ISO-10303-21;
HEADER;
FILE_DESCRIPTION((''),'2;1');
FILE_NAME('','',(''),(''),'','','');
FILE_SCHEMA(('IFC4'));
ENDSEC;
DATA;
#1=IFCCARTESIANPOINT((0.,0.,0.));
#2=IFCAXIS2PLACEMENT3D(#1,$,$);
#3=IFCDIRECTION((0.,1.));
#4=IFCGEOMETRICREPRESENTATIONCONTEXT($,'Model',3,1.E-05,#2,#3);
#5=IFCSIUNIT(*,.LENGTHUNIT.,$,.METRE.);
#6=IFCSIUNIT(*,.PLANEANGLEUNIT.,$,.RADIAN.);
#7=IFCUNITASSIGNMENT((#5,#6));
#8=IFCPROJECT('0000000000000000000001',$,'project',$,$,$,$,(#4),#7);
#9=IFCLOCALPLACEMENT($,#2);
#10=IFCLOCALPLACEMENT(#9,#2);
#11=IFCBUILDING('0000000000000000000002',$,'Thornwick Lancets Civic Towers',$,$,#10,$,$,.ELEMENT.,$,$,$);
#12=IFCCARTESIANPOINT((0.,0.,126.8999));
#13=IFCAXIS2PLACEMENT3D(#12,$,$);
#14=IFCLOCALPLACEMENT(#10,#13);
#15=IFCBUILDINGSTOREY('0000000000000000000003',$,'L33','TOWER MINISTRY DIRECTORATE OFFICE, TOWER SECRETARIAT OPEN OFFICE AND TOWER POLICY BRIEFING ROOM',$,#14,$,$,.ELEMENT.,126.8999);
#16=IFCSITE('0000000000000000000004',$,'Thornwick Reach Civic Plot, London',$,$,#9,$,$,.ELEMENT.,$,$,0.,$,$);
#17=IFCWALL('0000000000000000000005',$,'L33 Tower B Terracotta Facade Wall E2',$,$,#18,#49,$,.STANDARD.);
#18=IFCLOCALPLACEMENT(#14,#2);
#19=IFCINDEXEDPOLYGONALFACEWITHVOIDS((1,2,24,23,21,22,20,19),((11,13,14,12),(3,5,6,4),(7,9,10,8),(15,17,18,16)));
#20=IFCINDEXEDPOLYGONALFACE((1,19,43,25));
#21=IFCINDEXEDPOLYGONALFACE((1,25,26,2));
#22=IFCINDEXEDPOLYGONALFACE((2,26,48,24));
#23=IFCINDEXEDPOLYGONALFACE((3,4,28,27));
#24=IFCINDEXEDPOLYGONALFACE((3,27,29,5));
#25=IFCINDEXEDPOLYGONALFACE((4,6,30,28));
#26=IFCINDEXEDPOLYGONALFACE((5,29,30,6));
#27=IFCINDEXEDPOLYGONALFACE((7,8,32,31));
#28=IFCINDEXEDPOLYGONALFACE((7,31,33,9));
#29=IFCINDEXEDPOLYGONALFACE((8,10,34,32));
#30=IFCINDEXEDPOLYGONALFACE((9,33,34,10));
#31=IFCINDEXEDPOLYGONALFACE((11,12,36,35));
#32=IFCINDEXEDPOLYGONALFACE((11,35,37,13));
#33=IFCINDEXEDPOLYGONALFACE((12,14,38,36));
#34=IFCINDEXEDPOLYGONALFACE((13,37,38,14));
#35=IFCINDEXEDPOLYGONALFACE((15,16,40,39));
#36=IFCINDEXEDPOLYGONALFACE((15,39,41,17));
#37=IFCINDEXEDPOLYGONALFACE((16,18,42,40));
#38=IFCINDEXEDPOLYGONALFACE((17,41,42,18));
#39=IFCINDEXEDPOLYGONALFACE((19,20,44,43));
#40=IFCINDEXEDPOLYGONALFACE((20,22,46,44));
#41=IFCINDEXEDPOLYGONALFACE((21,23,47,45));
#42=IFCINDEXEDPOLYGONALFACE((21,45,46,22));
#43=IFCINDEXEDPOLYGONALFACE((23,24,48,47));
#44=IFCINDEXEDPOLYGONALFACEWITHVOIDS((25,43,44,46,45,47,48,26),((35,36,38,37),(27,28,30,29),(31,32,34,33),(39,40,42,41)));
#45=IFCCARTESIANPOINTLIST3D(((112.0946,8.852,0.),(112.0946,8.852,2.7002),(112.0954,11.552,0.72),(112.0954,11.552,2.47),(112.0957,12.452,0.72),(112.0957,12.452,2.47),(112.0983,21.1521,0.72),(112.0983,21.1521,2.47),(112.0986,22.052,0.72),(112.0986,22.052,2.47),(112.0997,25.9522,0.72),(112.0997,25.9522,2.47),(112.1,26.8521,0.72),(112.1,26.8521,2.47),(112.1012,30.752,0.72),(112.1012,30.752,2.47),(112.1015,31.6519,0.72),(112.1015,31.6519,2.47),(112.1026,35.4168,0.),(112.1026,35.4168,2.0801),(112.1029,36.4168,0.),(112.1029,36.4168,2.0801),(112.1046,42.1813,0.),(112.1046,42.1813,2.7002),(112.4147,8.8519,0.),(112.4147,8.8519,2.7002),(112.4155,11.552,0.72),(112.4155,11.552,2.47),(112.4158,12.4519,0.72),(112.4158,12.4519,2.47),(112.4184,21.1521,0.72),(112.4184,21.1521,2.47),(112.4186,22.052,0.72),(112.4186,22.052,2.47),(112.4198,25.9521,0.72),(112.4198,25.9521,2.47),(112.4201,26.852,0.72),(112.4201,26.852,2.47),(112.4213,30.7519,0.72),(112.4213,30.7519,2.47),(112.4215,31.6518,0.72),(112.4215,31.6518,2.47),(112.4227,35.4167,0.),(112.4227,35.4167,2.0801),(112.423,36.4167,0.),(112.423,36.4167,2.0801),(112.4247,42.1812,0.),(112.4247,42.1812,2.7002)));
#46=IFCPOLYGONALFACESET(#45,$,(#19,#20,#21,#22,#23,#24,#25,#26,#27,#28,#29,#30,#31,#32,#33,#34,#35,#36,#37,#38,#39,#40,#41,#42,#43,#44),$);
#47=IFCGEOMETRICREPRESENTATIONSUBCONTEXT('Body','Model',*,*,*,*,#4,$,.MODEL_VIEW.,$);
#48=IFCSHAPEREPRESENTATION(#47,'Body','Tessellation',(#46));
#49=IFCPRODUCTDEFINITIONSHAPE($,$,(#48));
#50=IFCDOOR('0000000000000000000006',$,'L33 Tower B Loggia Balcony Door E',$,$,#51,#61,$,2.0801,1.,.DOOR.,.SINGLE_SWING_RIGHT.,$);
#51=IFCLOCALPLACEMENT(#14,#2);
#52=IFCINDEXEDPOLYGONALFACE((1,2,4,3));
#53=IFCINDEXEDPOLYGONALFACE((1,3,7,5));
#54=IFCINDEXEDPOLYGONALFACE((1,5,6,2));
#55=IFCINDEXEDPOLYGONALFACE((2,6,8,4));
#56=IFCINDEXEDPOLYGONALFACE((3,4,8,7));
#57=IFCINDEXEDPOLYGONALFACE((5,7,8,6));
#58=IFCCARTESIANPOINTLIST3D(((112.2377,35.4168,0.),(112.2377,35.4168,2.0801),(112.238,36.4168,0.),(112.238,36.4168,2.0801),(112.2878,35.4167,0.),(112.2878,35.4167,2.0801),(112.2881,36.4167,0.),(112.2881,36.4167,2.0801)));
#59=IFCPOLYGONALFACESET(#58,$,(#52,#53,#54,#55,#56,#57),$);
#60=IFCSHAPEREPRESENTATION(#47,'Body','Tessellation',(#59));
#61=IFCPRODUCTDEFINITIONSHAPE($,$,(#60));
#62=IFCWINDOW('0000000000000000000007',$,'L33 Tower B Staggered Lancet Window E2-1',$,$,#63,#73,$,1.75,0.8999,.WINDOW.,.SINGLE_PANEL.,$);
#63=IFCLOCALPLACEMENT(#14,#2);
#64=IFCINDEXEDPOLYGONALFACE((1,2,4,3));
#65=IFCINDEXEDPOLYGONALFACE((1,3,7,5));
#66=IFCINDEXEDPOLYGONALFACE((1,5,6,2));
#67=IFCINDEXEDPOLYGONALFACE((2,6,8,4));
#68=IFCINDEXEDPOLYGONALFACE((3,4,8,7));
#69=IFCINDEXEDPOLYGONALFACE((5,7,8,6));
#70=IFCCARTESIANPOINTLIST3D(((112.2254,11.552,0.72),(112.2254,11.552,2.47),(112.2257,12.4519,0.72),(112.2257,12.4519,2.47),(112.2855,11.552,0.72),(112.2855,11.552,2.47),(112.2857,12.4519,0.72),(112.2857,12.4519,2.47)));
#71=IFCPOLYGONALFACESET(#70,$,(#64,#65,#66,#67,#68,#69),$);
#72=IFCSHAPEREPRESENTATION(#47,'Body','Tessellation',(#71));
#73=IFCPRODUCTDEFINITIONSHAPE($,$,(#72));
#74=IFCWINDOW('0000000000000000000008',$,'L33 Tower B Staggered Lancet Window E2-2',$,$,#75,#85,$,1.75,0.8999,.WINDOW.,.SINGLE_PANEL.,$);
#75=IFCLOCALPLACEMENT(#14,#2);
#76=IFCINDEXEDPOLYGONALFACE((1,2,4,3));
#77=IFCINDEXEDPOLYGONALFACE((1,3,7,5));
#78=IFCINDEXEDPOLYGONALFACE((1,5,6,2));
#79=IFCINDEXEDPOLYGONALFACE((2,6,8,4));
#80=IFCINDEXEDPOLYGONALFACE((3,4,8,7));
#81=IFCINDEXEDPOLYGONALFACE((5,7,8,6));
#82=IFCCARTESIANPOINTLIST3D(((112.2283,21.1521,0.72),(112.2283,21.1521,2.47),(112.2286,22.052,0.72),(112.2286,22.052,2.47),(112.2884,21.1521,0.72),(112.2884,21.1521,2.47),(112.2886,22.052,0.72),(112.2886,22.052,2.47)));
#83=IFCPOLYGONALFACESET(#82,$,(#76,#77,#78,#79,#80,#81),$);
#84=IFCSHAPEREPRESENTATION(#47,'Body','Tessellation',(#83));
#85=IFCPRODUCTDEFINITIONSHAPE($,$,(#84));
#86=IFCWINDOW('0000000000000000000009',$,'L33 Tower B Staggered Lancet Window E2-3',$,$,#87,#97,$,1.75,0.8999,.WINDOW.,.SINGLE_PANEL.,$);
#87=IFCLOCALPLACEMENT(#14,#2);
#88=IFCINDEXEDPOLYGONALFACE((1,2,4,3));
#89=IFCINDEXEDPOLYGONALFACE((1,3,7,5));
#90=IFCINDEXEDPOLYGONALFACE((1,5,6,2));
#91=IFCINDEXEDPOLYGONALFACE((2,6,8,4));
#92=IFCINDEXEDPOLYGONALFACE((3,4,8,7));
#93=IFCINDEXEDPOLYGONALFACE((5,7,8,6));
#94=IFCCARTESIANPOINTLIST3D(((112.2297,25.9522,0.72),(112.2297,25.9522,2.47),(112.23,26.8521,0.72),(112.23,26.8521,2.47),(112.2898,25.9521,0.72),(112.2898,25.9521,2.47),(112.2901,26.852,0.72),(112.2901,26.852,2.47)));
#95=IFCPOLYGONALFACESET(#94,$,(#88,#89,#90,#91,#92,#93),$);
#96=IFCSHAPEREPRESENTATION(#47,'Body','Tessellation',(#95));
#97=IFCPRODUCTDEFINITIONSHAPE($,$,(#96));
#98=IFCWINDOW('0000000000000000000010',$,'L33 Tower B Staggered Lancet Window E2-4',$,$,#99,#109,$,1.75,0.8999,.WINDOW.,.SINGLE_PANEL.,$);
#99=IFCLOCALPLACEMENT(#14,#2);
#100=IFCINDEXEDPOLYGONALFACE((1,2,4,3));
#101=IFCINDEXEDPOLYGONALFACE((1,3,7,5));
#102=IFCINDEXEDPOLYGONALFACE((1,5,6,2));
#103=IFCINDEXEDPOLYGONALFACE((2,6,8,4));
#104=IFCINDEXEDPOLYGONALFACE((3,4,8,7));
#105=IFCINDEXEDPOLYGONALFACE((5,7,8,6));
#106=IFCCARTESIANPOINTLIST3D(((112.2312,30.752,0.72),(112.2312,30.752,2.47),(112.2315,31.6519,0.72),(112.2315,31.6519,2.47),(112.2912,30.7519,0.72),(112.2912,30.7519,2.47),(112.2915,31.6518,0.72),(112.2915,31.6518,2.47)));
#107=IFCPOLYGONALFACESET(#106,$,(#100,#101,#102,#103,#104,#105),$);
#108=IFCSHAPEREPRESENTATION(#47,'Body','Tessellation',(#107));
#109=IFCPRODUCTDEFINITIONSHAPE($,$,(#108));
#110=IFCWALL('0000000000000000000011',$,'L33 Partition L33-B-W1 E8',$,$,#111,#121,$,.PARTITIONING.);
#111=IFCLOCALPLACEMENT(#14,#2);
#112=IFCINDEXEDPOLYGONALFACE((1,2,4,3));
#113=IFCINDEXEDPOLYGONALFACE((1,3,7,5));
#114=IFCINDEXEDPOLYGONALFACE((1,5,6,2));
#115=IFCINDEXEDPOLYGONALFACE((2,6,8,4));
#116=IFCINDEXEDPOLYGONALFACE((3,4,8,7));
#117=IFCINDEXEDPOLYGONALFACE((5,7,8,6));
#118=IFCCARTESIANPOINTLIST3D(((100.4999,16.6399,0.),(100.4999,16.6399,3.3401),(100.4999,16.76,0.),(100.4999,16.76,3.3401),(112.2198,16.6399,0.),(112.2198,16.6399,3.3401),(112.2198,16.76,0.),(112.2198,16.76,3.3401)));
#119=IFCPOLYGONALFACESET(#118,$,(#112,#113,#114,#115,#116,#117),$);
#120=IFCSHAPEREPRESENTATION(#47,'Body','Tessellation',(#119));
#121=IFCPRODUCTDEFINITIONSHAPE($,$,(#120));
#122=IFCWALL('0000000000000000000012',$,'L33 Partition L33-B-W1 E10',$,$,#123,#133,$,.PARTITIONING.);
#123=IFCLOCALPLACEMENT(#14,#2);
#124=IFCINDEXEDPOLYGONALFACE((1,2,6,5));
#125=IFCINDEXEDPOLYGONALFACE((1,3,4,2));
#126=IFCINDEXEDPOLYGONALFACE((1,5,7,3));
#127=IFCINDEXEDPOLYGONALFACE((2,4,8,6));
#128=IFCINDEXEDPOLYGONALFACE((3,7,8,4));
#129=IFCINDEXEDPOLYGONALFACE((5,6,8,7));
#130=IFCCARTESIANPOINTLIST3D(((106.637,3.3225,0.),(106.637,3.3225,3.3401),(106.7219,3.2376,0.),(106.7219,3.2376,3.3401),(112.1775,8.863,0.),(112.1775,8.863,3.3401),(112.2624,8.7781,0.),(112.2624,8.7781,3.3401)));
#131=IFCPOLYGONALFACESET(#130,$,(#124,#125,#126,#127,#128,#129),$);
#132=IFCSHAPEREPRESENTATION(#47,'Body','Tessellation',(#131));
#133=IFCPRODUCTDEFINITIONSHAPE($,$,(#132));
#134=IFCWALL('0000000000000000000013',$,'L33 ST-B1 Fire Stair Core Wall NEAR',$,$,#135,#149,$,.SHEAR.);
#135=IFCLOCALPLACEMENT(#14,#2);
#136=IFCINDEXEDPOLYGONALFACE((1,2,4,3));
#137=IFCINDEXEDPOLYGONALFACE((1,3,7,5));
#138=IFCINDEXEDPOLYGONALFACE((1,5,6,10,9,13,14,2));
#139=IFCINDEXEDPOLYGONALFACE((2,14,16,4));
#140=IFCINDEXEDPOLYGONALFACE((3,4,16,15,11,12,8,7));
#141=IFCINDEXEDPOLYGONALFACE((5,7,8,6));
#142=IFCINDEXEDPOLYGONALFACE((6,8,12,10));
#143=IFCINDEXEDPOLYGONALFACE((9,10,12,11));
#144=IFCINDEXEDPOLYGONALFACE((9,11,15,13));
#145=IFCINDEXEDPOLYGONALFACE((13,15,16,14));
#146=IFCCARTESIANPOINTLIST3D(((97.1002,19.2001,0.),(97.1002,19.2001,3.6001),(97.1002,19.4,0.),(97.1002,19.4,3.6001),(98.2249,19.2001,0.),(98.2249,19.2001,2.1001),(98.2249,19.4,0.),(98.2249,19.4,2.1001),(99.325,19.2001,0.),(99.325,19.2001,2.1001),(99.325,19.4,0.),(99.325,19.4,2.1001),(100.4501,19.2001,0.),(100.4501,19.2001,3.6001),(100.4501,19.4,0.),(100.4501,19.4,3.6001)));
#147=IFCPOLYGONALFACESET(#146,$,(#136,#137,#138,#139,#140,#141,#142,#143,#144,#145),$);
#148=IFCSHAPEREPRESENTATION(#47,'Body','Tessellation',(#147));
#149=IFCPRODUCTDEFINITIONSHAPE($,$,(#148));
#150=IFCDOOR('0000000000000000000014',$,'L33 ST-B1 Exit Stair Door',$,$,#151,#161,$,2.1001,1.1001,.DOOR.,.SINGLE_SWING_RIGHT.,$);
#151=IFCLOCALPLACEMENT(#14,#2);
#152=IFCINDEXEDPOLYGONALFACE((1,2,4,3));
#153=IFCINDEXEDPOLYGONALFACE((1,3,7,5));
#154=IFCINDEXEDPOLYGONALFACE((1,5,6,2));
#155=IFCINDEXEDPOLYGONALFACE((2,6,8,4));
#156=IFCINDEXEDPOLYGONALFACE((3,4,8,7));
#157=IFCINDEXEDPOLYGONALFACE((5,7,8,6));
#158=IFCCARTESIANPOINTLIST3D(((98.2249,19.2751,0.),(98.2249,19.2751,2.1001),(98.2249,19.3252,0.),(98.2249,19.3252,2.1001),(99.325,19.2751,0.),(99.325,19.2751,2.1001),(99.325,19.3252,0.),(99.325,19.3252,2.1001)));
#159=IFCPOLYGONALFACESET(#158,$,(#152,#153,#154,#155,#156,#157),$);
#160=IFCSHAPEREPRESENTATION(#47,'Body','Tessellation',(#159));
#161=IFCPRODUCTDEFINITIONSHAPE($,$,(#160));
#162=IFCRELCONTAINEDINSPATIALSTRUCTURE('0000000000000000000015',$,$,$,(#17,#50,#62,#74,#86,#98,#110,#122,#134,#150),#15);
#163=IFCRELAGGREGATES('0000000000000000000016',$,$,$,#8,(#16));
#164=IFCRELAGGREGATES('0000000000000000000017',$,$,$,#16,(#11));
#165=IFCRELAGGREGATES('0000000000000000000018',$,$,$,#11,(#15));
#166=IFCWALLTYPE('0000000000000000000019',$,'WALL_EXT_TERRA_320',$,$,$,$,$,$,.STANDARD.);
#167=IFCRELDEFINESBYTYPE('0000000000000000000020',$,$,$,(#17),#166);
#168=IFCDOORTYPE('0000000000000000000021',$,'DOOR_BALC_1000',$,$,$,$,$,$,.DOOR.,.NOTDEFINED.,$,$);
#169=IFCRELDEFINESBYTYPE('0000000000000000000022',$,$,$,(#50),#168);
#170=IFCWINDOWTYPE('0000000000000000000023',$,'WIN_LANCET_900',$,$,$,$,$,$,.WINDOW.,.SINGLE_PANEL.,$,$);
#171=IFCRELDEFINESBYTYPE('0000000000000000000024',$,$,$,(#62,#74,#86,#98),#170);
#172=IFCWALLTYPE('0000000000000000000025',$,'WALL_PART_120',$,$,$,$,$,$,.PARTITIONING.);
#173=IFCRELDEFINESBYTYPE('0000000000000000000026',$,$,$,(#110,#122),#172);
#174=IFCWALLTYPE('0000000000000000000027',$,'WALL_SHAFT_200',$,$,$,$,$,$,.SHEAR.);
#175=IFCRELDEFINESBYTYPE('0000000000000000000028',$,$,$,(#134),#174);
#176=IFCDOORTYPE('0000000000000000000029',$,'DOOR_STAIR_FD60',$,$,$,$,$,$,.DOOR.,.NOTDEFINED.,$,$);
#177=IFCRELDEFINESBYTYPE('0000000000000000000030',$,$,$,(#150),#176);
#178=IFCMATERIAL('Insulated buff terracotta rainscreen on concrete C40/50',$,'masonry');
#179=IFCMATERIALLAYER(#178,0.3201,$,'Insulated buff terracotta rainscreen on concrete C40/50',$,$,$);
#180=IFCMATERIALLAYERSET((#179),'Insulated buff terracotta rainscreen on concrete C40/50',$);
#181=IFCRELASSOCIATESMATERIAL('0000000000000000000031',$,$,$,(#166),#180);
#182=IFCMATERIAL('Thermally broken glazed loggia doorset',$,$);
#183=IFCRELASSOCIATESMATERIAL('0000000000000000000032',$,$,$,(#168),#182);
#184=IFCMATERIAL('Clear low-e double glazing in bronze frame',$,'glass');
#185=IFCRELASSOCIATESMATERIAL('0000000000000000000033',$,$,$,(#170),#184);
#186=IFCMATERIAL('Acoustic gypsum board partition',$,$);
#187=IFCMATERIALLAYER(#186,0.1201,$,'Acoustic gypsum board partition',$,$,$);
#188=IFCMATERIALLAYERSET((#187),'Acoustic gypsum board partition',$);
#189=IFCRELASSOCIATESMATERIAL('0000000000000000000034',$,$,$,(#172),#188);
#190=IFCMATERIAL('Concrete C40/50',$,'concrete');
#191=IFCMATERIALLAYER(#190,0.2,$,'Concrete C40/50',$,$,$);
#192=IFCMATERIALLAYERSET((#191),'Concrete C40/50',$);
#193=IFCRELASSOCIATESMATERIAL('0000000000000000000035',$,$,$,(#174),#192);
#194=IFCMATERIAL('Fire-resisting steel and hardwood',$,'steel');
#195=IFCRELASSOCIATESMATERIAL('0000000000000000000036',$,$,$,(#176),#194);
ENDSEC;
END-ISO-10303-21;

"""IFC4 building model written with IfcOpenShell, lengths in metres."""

from ifc_helpers import new_model, si_unit, direction, frame, frame_2d, origin, place, context, subcontext, project, spatial, rectangle, extrude, material, layer, layer_set, type_object, element, fill, save


model = new_model("IFC4")

# Units and contexts
model_context = context("Model", 3, precision=1e-05, world=origin(), true_north=direction((0.0, 1.0)))
body_context = subcontext(model_context, "Body", "Model", "MODEL_VIEW")
ifc_project = project(units=[si_unit("LENGTHUNIT", "METRE"), si_unit("PLANEANGLEUNIT", "RADIAN")], contexts=[model_context])

# Site, building, storey
site_placement = place(None, origin())
site = spatial("IfcSite", under=ifc_project, at=site_placement, Name="Thornwick Reach Civic Plot, London", CompositionType="ELEMENT", RefElevation=0.0)
building_placement = place(site_placement, origin())
building = spatial("IfcBuilding", under=site, at=building_placement, Name="Thornwick Lancets Civic Towers", CompositionType="ELEMENT")
storey_placement = place(building_placement, frame((0.0, 0.0, 126.8999)))
storey = spatial("IfcBuildingStorey", under=building, at=storey_placement, Name="L33", Description="TOWER MINISTRY DIRECTORATE OFFICE, TOWER SECRETARIAT OPEN OFFICE AND TOWER POLICY BRIEFING ROOM", CompositionType="ELEMENT", Elevation=126.8999)

# Shared definitions
ifc_material_1 = material(Name="Concrete C40/50", Category="concrete")

# Wall, openings, door, windows
ifc_material_2 = material(Name="Insulated buff terracotta rainscreen on concrete C40/50", Category="masonry")
ifc_layer_1 = layer(ifc_material_2, 0.3201, Name="Insulated buff terracotta rainscreen on concrete C40/50")
ifc_layer_set_1 = layer_set([ifc_layer_1], Name="Insulated buff terracotta rainscreen on concrete C40/50")
wall_type_1 = type_object("IfcWallType", Name="WALL_EXT_TERRA_320", PredefinedType="STANDARD", material=ifc_layer_set_1)
wall_1_placement = place(storey_placement, frame((112.2546, 8.8521, 0.0), z_axis=(0.0, 0.0, 1.0), x_axis=(0.0003, 1.0, 0.0)))
wall_1 = element("IfcWall", 1, at=wall_1_placement, inside=storey, type_object=wall_type_1, Name="L33 Tower B Terracotta Facade Wall E2", PredefinedType="STANDARD", context=body_context, shape_type="SweptSolid", body=[
    extrude(rectangle(XDim=33.3293, YDim=0.3201, at=frame_2d((16.6646, 0.0))), origin(), (0.0, 0.0, 1.0), 2.7002),
])
opening_1_placement = place(wall_1_placement, frame((26.5647, 0.0, 0.0)))
opening_1 = element("IfcOpeningElement", 2, at=opening_1_placement, cuts=wall_1, PredefinedType="OPENING", context=body_context, shape_type="SweptSolid", body=[
    extrude(rectangle(XDim=1.0, YDim=2.0801, at=frame_2d((0.5, 1.04))), frame((0.0, 0.1699, 0.0), z_axis=(0.0, -1.0, 0.0), x_axis=(1.0, 0.0, 0.0)), (0.0, 0.0, 1.0), 0.3401),
])
opening_2_placement = place(wall_1_placement, frame((2.7, 0.0, 0.72)))
opening_2 = element("IfcOpeningElement", 3, at=opening_2_placement, cuts=wall_1, PredefinedType="OPENING", context=body_context, shape_type="SweptSolid", body=[
    extrude(rectangle(XDim=0.8999, YDim=1.75, at=frame_2d((0.45, 0.875))), frame((0.0, 0.1699, 0.0), z_axis=(0.0, -1.0, 0.0), x_axis=(1.0, 0.0, 0.0)), (0.0, 0.0, 1.0), 0.3401),
])
opening_3_placement = place(wall_1_placement, frame((12.3, 0.0, 0.72)))
opening_3 = element("IfcOpeningElement", 4, at=opening_3_placement, cuts=wall_1, PredefinedType="OPENING", context=body_context, shape_type="SweptSolid", body=[
    extrude(rectangle(XDim=0.8999, YDim=1.75, at=frame_2d((0.45, 0.875))), frame((0.0, 0.1699, 0.0), z_axis=(0.0, -1.0, 0.0), x_axis=(1.0, 0.0, 0.0)), (0.0, 0.0, 1.0), 0.3401),
])
opening_4_placement = place(wall_1_placement, frame((17.1001, 0.0, 0.72)))
opening_4 = element("IfcOpeningElement", 5, at=opening_4_placement, cuts=wall_1, PredefinedType="OPENING", context=body_context, shape_type="SweptSolid", body=[
    extrude(rectangle(XDim=0.8999, YDim=1.75, at=frame_2d((0.45, 0.875))), frame((0.0, 0.1699, 0.0), z_axis=(0.0, -1.0, 0.0), x_axis=(1.0, 0.0, 0.0)), (0.0, 0.0, 1.0), 0.3401),
])
opening_5_placement = place(wall_1_placement, frame((21.8999, 0.0, 0.72)))
opening_5 = element("IfcOpeningElement", 6, at=opening_5_placement, cuts=wall_1, PredefinedType="OPENING", context=body_context, shape_type="SweptSolid", body=[
    extrude(rectangle(XDim=0.8999, YDim=1.75, at=frame_2d((0.45, 0.875))), frame((0.0, 0.1699, 0.0), z_axis=(0.0, -1.0, 0.0), x_axis=(1.0, 0.0, 0.0)), (0.0, 0.0, 1.0), 0.3401),
])
ifc_material_3 = material(Name="Thermally broken glazed loggia doorset")
door_type_1 = type_object("IfcDoorType", Name="DOOR_BALC_1000", OperationType="NOTDEFINED", PredefinedType="DOOR", material=ifc_material_3)
door_1_placement = place(opening_1_placement, origin())
door_1 = element("IfcDoor", 7, at=door_1_placement, inside=storey, type_object=door_type_1, Name="L33 Tower B Loggia Balcony Door E", OperationType="SINGLE_SWING_RIGHT", OverallHeight=2.0801, OverallWidth=1.0, PredefinedType="DOOR", context=body_context, shape_type="SweptSolid", body=[
    extrude(rectangle(XDim=1.0, YDim=2.0801, at=frame_2d((0.5, 1.04))), frame((0.0, 0.0249, 0.0), z_axis=(0.0, -1.0, 0.0), x_axis=(1.0, 0.0, 0.0)), (0.0, 0.0, 1.0), 0.05),
])
fill(opening_1, door_1)
ifc_material_4 = material(Name="Clear low-e double glazing in bronze frame", Category="glass")
window_type = type_object("IfcWindowType", Name="WIN_LANCET_900", PartitioningType="SINGLE_PANEL", PredefinedType="WINDOW", material=ifc_material_4)
window_1_placement = place(opening_2_placement, origin())
window_1 = element("IfcWindow", 8, at=window_1_placement, inside=storey, type_object=window_type, Name="L33 Tower B Staggered Lancet Window E2-1", OverallHeight=1.75, OverallWidth=0.8999, PartitioningType="SINGLE_PANEL", PredefinedType="WINDOW", context=body_context, shape_type="SweptSolid", body=[
    extrude(rectangle(XDim=0.8999, YDim=1.75, at=frame_2d((0.45, 0.875))), frame((0.0, 0.03, 0.0), z_axis=(0.0, -1.0, 0.0), x_axis=(1.0, 0.0, 0.0)), (0.0, 0.0, 1.0), 0.0601),
])
fill(opening_2, window_1)
window_2_placement = place(opening_3_placement, origin())
window_2 = element("IfcWindow", 9, at=window_2_placement, inside=storey, type_object=window_type, Name="L33 Tower B Staggered Lancet Window E2-2", OverallHeight=1.75, OverallWidth=0.8999, PartitioningType="SINGLE_PANEL", PredefinedType="WINDOW", context=body_context, shape_type="SweptSolid", body=[
    extrude(rectangle(XDim=0.8999, YDim=1.75, at=frame_2d((0.45, 0.875))), frame((0.0, 0.03, 0.0), z_axis=(0.0, -1.0, 0.0), x_axis=(1.0, 0.0, 0.0)), (0.0, 0.0, 1.0), 0.0601),
])
fill(opening_3, window_2)
window_3_placement = place(opening_4_placement, origin())
window_3 = element("IfcWindow", 10, at=window_3_placement, inside=storey, type_object=window_type, Name="L33 Tower B Staggered Lancet Window E2-3", OverallHeight=1.75, OverallWidth=0.8999, PartitioningType="SINGLE_PANEL", PredefinedType="WINDOW", context=body_context, shape_type="SweptSolid", body=[
    extrude(rectangle(XDim=0.8999, YDim=1.75, at=frame_2d((0.45, 0.875))), frame((0.0, 0.03, 0.0), z_axis=(0.0, -1.0, 0.0), x_axis=(1.0, 0.0, 0.0)), (0.0, 0.0, 1.0), 0.0601),
])
fill(opening_4, window_3)
window_4_placement = place(opening_5_placement, origin())
window_4 = element("IfcWindow", 11, at=window_4_placement, inside=storey, type_object=window_type, Name="L33 Tower B Staggered Lancet Window E2-4", OverallHeight=1.75, OverallWidth=0.8999, PartitioningType="SINGLE_PANEL", PredefinedType="WINDOW", context=body_context, shape_type="SweptSolid", body=[
    extrude(rectangle(XDim=0.8999, YDim=1.75, at=frame_2d((0.45, 0.875))), frame((0.0, 0.03, 0.0), z_axis=(0.0, -1.0, 0.0), x_axis=(1.0, 0.0, 0.0)), (0.0, 0.0, 1.0), 0.0601),
])
fill(opening_5, window_4)

# Walls
ifc_material_5 = material(Name="Acoustic gypsum board partition")
ifc_layer_2 = layer(ifc_material_5, 0.1201, Name="Acoustic gypsum board partition")
ifc_layer_set_2 = layer_set([ifc_layer_2], Name="Acoustic gypsum board partition")
wall_type_2 = type_object("IfcWallType", Name="WALL_PART_120", PredefinedType="PARTITIONING", material=ifc_layer_set_2)
wall_2_placement = place(storey_placement, frame((100.5, 16.7, 0.0), z_axis=(0.0, 0.0, 1.0), x_axis=(1.0, 0.0, 0.0)))
element("IfcWall", 12, at=wall_2_placement, inside=storey, type_object=wall_type_2, Name="L33 Partition L33-B-W1 E8", PredefinedType="PARTITIONING", context=body_context, shape_type="SweptSolid", body=[
    extrude(rectangle(XDim=11.72, YDim=0.1201, at=frame_2d((5.8599, 0.0))), origin(), (0.0, 0.0, 1.0), 3.3401),
])
wall_3_placement = place(storey_placement, frame((112.22, 8.8206, 0.0), z_axis=(0.0, 0.0, 1.0), x_axis=(-0.707107, -0.707107, 0.0)))
element("IfcWall", 13, at=wall_3_placement, inside=storey, type_object=wall_type_2, Name="L33 Partition L33-B-W1 E10", PredefinedType="PARTITIONING", context=body_context, shape_type="SweptSolid", body=[
    extrude(rectangle(XDim=7.8354, YDim=0.1201, at=frame_2d((3.9177, 0.0))), origin(), (0.0, 0.0, 1.0), 3.3401),
])

# Wall, opening, door
ifc_layer_3 = layer(ifc_material_1, 0.2, Name="Concrete C40/50")
ifc_layer_set_3 = layer_set([ifc_layer_3], Name="Concrete C40/50")
wall_type_3 = type_object("IfcWallType", Name="WALL_SHAFT_200", PredefinedType="SHEAR", material=ifc_layer_set_3)
wall_4_placement = place(storey_placement, frame((100.45, 19.3, 0.0), z_axis=(0.0, 0.0, 1.0), x_axis=(-1.0, 0.0, 0.0)))
wall_4 = element("IfcWall", 14, at=wall_4_placement, inside=storey, type_object=wall_type_3, Name="L33 ST-B1 Fire Stair Core Wall NEAR", PredefinedType="SHEAR", context=body_context, shape_type="SweptSolid", body=[
    extrude(rectangle(XDim=3.3499, YDim=0.2, at=frame_2d((1.6748, 0.0))), origin(), (0.0, 0.0, 1.0), 3.6001),
])
opening_6_placement = place(wall_4_placement, frame((1.125, 0.0, 0.0)))
opening_6 = element("IfcOpeningElement", 15, at=opening_6_placement, cuts=wall_4, PredefinedType="OPENING", context=body_context, shape_type="SweptSolid", body=[
    extrude(rectangle(XDim=1.1001, YDim=2.1001, at=frame_2d((0.55, 1.05))), frame((0.0, 0.1099, 0.0), z_axis=(0.0, -1.0, 0.0), x_axis=(1.0, 0.0, 0.0)), (0.0, 0.0, 1.0), 0.22),
])
ifc_material_6 = material(Name="Fire-resisting steel and hardwood", Category="steel")
door_type_2 = type_object("IfcDoorType", Name="DOOR_STAIR_FD60", OperationType="NOTDEFINED", PredefinedType="DOOR", material=ifc_material_6)
door_2_placement = place(opening_6_placement, origin())
door_2 = element("IfcDoor", 16, at=door_2_placement, inside=storey, type_object=door_type_2, Name="L33 ST-B1 Exit Stair Door", OperationType="SINGLE_SWING_RIGHT", OverallHeight=2.1001, OverallWidth=1.1001, PredefinedType="DOOR", context=body_context, shape_type="SweptSolid", body=[
    extrude(rectangle(XDim=1.1001, YDim=2.1001, at=frame_2d((0.55, 1.05))), frame((0.0, 0.0249, 0.0), z_axis=(0.0, -1.0, 0.0), x_axis=(1.0, 0.0, 0.0)), (0.0, 0.0, 1.0), 0.05),
])
fill(opening_6, door_2)

save(model, "model.ifc")
